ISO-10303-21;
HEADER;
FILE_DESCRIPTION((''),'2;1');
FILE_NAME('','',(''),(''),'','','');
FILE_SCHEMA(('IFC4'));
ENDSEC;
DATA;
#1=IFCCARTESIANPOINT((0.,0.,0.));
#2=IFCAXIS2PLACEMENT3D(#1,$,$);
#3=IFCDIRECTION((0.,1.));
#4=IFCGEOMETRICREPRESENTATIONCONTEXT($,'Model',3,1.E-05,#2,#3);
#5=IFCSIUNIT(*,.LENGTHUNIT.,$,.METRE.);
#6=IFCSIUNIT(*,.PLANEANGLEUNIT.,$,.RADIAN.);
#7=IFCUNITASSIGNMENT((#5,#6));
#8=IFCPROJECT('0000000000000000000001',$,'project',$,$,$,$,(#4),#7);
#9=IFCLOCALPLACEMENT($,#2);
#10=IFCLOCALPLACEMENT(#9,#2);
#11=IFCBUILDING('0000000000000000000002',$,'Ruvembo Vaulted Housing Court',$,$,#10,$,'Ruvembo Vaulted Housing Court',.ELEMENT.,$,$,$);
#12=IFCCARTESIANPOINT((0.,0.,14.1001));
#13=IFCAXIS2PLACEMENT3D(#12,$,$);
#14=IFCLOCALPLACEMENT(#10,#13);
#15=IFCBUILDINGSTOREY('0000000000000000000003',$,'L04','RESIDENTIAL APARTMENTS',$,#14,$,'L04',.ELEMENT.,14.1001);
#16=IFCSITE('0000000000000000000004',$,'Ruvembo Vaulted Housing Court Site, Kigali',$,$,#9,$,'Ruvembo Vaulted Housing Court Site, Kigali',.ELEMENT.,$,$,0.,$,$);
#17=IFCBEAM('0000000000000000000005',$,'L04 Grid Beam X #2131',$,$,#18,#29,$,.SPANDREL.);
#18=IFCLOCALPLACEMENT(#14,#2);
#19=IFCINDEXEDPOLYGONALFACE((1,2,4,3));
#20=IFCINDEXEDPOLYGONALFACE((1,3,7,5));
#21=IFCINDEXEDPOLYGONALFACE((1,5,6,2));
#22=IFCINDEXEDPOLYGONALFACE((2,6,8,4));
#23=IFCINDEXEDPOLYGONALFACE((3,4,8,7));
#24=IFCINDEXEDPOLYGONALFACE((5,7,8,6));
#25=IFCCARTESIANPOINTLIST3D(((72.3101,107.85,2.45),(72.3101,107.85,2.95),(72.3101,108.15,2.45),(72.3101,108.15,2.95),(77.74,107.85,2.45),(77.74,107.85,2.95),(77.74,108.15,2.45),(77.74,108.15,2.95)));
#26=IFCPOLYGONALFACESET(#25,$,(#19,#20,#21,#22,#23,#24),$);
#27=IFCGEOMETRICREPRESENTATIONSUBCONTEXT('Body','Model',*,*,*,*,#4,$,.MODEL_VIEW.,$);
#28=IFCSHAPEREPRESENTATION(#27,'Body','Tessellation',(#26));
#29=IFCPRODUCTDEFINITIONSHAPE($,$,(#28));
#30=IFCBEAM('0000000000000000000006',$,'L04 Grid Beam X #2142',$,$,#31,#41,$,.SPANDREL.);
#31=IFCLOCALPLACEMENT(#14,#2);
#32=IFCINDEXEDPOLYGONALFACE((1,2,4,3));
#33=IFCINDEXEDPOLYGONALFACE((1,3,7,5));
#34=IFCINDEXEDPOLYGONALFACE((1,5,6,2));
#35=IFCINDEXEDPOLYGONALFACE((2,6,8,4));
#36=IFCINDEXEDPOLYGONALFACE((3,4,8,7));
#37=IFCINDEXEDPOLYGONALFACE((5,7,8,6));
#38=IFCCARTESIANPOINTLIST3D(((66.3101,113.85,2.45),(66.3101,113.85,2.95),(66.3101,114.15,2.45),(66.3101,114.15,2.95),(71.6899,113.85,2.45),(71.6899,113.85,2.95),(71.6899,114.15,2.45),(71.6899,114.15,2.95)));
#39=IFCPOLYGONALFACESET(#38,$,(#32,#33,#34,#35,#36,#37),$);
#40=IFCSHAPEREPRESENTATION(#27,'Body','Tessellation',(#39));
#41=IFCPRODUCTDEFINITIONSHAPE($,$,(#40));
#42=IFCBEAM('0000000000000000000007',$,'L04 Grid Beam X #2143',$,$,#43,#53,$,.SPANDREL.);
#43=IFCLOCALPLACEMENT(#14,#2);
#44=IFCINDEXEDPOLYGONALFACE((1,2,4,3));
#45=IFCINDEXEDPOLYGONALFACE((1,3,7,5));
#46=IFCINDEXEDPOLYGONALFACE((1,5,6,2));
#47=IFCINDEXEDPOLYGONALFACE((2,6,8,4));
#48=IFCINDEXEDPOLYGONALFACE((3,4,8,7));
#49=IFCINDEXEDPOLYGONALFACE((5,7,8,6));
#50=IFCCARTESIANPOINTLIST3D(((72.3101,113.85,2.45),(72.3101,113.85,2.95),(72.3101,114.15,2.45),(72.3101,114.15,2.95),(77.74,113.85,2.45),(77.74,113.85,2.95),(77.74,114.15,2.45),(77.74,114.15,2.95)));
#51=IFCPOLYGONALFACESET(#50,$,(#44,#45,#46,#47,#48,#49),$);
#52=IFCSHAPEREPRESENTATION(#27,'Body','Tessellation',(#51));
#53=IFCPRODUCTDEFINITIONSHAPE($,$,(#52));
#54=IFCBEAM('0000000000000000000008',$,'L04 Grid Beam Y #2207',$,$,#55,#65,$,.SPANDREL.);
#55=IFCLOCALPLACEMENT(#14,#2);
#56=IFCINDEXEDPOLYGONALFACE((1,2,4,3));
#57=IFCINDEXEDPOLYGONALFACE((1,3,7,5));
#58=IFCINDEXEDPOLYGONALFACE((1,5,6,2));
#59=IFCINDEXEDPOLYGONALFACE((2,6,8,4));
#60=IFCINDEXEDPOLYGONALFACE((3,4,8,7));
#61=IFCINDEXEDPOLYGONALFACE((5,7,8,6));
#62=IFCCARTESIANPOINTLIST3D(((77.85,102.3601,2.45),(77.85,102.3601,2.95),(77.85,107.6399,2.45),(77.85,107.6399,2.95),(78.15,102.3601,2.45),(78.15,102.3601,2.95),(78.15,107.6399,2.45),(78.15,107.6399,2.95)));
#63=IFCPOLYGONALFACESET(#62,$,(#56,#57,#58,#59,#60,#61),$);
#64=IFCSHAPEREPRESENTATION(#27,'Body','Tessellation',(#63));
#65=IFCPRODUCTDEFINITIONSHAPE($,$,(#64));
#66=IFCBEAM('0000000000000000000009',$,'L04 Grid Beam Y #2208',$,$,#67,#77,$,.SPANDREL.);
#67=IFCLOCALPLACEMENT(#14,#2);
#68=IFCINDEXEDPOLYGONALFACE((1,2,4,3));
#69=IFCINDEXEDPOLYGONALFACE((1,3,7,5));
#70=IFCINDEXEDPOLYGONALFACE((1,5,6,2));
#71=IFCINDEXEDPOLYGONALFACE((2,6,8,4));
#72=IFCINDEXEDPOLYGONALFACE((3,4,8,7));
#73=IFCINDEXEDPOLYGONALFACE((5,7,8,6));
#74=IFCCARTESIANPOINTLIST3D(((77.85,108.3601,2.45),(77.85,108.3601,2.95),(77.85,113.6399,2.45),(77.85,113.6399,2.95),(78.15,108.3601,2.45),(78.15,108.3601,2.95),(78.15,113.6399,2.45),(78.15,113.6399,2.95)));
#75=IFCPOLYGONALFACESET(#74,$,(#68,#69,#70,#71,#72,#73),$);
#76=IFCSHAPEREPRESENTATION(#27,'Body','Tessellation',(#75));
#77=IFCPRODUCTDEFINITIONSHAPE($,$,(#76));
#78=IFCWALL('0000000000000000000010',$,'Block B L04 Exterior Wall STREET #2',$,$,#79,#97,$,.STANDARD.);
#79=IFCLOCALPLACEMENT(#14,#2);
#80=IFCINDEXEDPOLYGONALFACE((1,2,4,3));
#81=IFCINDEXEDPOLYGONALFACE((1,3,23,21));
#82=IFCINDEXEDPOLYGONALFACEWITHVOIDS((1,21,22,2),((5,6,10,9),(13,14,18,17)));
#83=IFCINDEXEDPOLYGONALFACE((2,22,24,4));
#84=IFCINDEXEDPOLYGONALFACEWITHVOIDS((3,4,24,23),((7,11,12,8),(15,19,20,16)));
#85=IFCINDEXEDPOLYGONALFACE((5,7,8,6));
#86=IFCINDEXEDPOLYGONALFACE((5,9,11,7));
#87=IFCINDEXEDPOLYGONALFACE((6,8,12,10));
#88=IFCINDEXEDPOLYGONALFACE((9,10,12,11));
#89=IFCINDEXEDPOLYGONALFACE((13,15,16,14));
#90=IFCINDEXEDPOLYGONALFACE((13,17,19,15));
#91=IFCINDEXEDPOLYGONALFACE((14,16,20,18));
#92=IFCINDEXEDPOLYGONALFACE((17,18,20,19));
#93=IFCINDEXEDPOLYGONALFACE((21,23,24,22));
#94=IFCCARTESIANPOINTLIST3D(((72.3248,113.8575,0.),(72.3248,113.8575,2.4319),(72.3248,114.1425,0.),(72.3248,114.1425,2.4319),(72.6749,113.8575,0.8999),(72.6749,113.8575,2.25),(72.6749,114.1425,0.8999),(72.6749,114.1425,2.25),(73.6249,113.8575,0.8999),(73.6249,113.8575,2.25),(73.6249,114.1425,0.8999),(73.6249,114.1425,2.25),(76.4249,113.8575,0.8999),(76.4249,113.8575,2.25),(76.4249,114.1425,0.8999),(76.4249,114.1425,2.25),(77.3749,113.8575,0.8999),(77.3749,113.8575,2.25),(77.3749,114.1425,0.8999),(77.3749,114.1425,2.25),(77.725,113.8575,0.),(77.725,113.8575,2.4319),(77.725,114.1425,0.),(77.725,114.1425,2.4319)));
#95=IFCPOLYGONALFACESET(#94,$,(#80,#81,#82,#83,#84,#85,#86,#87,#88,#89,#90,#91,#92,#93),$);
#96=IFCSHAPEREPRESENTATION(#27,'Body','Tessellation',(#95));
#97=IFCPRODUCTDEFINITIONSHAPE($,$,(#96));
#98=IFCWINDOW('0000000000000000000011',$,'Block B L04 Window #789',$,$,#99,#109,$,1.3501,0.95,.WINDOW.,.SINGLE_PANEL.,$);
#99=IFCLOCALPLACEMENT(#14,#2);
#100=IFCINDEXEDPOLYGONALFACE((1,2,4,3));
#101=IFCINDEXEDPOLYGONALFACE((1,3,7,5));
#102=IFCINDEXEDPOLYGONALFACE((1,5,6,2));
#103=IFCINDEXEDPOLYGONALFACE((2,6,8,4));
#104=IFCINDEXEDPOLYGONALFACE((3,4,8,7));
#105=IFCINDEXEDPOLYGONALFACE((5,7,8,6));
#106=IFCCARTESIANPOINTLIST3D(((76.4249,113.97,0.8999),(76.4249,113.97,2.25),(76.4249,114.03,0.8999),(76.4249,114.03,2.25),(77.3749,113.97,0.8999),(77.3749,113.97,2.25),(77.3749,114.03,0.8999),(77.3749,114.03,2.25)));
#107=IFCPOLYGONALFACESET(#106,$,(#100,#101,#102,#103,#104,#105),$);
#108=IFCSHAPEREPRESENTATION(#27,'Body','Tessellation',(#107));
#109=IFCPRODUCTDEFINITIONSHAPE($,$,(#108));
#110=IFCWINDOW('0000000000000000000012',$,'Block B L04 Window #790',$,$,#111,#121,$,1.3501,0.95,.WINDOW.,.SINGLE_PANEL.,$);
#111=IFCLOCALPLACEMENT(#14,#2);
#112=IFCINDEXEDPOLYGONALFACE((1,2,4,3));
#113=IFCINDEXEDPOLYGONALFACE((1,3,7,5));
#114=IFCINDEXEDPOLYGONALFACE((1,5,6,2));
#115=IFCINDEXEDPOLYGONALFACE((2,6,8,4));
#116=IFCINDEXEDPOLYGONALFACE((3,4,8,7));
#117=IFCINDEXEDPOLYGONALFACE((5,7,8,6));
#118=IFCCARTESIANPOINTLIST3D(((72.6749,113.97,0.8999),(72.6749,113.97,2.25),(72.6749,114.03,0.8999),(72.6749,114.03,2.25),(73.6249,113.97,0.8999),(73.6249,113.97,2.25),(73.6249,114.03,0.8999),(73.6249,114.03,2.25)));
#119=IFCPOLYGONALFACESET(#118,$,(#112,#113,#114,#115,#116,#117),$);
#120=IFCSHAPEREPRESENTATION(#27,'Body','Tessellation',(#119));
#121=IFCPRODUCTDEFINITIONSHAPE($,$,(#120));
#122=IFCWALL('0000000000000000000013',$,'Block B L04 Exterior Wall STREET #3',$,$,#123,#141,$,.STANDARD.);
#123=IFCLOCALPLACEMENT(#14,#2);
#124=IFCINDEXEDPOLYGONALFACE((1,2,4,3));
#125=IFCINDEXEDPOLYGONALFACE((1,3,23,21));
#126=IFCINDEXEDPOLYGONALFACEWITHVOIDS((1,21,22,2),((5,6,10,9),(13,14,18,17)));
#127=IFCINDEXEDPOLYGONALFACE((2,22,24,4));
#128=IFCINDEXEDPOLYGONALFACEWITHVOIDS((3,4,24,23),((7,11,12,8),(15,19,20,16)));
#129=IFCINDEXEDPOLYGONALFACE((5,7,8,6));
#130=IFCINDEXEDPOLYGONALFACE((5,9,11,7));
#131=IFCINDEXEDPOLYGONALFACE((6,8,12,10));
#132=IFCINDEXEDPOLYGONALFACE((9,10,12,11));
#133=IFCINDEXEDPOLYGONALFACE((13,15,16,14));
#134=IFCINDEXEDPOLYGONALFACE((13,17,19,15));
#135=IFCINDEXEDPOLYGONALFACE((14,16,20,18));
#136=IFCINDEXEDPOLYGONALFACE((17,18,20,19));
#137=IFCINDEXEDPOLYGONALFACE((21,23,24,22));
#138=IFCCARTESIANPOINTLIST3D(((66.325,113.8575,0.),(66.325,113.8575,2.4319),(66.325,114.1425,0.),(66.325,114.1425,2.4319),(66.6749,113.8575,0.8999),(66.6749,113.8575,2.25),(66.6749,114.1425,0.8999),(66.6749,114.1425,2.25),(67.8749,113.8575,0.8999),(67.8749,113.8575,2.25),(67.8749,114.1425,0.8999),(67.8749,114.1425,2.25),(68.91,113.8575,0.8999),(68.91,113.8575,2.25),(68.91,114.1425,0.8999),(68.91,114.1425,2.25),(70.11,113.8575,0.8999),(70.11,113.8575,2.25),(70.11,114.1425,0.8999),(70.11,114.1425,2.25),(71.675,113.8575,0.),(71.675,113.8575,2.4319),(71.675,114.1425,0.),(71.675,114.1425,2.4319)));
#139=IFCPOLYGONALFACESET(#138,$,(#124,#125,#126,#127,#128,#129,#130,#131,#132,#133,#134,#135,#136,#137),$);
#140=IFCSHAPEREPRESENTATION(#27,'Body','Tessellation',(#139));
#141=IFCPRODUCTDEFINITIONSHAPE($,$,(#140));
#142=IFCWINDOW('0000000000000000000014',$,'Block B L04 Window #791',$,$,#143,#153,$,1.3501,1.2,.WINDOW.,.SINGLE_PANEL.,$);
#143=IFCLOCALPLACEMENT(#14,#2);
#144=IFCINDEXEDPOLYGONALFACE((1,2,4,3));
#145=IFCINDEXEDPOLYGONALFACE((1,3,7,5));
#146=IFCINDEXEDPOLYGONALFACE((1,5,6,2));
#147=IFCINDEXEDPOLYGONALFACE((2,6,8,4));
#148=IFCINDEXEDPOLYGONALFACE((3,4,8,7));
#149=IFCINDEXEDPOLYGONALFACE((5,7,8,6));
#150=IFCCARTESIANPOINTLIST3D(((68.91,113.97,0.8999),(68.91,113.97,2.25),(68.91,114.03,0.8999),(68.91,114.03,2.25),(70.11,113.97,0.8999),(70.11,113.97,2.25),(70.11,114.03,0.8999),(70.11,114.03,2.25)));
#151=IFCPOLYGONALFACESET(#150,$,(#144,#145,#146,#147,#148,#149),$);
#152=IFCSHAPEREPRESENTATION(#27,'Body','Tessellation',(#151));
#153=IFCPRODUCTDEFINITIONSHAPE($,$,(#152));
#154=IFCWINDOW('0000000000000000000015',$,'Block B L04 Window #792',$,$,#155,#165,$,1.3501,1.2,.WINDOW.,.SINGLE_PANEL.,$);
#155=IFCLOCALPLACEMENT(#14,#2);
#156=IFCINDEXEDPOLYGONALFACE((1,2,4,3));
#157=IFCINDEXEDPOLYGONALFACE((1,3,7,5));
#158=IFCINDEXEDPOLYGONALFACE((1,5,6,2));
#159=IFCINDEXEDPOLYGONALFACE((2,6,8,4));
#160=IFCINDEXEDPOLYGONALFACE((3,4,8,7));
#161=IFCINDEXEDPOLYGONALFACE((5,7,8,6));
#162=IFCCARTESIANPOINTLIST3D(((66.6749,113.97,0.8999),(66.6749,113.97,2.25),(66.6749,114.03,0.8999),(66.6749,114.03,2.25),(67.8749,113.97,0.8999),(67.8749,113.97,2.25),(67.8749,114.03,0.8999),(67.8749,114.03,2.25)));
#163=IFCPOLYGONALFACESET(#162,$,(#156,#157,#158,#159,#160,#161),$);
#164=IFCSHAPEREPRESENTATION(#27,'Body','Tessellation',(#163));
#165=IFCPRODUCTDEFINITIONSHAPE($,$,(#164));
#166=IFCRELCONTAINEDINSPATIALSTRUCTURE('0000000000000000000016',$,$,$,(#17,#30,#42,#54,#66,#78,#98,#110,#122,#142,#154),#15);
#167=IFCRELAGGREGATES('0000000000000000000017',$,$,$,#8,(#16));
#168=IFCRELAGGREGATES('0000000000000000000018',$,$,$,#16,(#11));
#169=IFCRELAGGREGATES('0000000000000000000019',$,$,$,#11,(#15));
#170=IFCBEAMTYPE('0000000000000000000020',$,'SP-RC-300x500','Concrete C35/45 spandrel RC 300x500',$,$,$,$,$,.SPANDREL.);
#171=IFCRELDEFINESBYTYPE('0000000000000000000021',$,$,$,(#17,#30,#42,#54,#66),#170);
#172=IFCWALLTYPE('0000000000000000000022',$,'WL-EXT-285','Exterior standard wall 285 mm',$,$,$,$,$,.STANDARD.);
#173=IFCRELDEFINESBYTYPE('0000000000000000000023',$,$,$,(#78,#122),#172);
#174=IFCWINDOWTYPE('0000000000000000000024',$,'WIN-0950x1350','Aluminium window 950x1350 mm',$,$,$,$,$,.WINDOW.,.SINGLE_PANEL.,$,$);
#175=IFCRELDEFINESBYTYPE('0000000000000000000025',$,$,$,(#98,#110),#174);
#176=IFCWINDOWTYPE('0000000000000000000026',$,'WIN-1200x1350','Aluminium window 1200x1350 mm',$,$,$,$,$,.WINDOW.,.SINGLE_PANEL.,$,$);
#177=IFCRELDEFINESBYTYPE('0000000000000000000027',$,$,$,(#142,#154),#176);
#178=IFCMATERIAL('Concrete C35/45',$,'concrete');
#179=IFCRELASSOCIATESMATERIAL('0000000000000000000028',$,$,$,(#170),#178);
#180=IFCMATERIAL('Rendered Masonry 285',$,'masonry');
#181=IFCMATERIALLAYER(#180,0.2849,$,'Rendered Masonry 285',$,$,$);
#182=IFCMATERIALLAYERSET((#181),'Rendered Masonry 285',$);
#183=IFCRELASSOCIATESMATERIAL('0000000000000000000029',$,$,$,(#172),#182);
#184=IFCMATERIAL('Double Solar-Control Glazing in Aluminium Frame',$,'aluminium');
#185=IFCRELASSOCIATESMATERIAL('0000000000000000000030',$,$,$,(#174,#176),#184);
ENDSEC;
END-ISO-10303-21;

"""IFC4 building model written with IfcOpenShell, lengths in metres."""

from ifc_helpers import new_model, si_unit, direction, frame, frame_2d, origin, origin_2d, place, context, subcontext, project, spatial, rectangle, extrude, material, layer, layer_set, material_profile, profile_set, type_object, element, fill, save


model = new_model("IFC4")

# Units and contexts
model_context = context("Model", 3, precision=1e-05, world=origin(), true_north=direction((0.0, 1.0)))
body_context = subcontext(model_context, "Body", "Model", "MODEL_VIEW")
ifc_project = project(units=[si_unit("LENGTHUNIT", "METRE"), si_unit("PLANEANGLEUNIT", "RADIAN")], contexts=[model_context])

# Site, building, storey
site_placement = place(None, origin())
site = spatial("IfcSite", under=ifc_project, at=site_placement, Name="Ruvembo Vaulted Housing Court Site, Kigali", LongName="Ruvembo Vaulted Housing Court Site, Kigali", CompositionType="ELEMENT", RefElevation=0.0)
building_placement = place(site_placement, origin())
building = spatial("IfcBuilding", under=site, at=building_placement, Name="Ruvembo Vaulted Housing Court", LongName="Ruvembo Vaulted Housing Court", CompositionType="ELEMENT")
storey_placement = place(building_placement, frame((0.0, 0.0, 14.1001)))
storey = spatial("IfcBuildingStorey", under=building, at=storey_placement, Name="L04", Description="RESIDENTIAL APARTMENTS", LongName="L04", CompositionType="ELEMENT", Elevation=14.1001)

# Beams
ifc_material_1 = material(Name="Concrete C35/45", Category="concrete")
ifc_material_profile_1 = material_profile(ifc_material_1, rectangle(XDim=0.3, YDim=0.5, at=origin_2d()), Name="RC 300x500")
ifc_profile_set_1 = profile_set([ifc_material_profile_1], Name="Concrete C35/45")
beam_type_1 = type_object("IfcBeamType", Name="SP-RC-300x500", Description="Concrete C35/45 spandrel RC 300x500", PredefinedType="SPANDREL", material=ifc_profile_set_1)
beam_1_placement = place(storey_placement, frame((72.3101, 108.0, 2.7), z_axis=(1.0, 0.0, 0.0), x_axis=(0.0, 1.0, 0.0)))
element("IfcBeam", 1, at=beam_1_placement, inside=storey, type_object=beam_type_1, Name="L04 Grid Beam X #2131", PredefinedType="SPANDREL", context=body_context, shape_type="SweptSolid", body=[
    extrude(rectangle(XDim=0.3, YDim=0.5, at=origin_2d()), origin(), (0.0, 0.0, 1.0), 5.4299),
])
beam_2_placement = place(storey_placement, frame((66.3101, 114.0, 2.7), z_axis=(1.0, 0.0, 0.0), x_axis=(0.0, 1.0, 0.0)))
element("IfcBeam", 2, at=beam_2_placement, inside=storey, type_object=beam_type_1, Name="L04 Grid Beam X #2142", PredefinedType="SPANDREL", context=body_context, shape_type="SweptSolid", body=[
    extrude(rectangle(XDim=0.3, YDim=0.5, at=origin_2d()), origin(), (0.0, 0.0, 1.0), 5.3799),
])
beam_3_placement = place(storey_placement, frame((72.3101, 114.0, 2.7), z_axis=(1.0, 0.0, 0.0), x_axis=(0.0, 1.0, 0.0)))
element("IfcBeam", 3, at=beam_3_placement, inside=storey, type_object=beam_type_1, Name="L04 Grid Beam X #2143", PredefinedType="SPANDREL", context=body_context, shape_type="SweptSolid", body=[
    extrude(rectangle(XDim=0.3, YDim=0.5, at=origin_2d()), origin(), (0.0, 0.0, 1.0), 5.4299),
])
for number, where, z_axis, x_axis, name in (
    (4, (78.0, 102.3601, 2.7), (0.0, 1.0, 0.0), (-1.0, 0.0, 0.0), "L04 Grid Beam Y #2207"),
    (5, (78.0, 108.3601, 2.7), (0.0, 1.0, 0.0), (-1.0, 0.0, 0.0), "L04 Grid Beam Y #2208"),
):
    element("IfcBeam", number, at=place(storey_placement, frame(where, z_axis=z_axis, x_axis=x_axis)), inside=storey, type_object=beam_type_1, Name=name, PredefinedType="SPANDREL", context=body_context, shape_type="SweptSolid", body=[
        extrude(rectangle(XDim=0.3, YDim=0.5, at=origin_2d()), origin(), (0.0, 0.0, 1.0), 5.2798),
    ])

# Walls, openings, windows
ifc_material_2 = material(Name="Rendered Masonry 285", Category="masonry")
ifc_layer_1 = layer(ifc_material_2, 0.2849, Name="Rendered Masonry 285")
ifc_layer_set_1 = layer_set([ifc_layer_1], Name="Rendered Masonry 285")
wall_type_1 = type_object("IfcWallType", Name="WL-EXT-285", Description="Exterior standard wall 285 mm", PredefinedType="STANDARD", material=ifc_layer_set_1)
wall_1_placement = place(storey_placement, frame((77.7251, 114.0, 0.0), z_axis=(0.0, 0.0, 1.0), x_axis=(-1.0, 0.0, 0.0)))
wall_1 = element("IfcWall", 6, at=wall_1_placement, inside=storey, type_object=wall_type_1, Name="Block B L04 Exterior Wall STREET #2", PredefinedType="STANDARD", context=body_context, shape_type="SweptSolid", body=[
    extrude(rectangle(XDim=5.4001, YDim=0.2849, at=frame_2d((2.7002, 0.0))), origin(), (0.0, 0.0, 1.0), 2.4319),
])
opening_1_placement = place(wall_1_placement, frame((0.3501, 0.0, 0.8999)))
opening_1 = element("IfcOpeningElement", 7, at=opening_1_placement, cuts=wall_1, PredefinedType="OPENING", context=body_context, shape_type="SweptSolid", body=[
    extrude(rectangle(XDim=0.95, YDim=1.3501, at=frame_2d((0.4751, 0.675))), frame((0.0, 0.1523, 0.0), z_axis=(0.0, -1.0, 0.0), x_axis=(1.0, 0.0, 0.0)), (0.0, 0.0, 1.0), 0.3049),
])
opening_2_placement = place(wall_1_placement, frame((4.1001, 0.0, 0.8999)))
opening_2 = element("IfcOpeningElement", 8, at=opening_2_placement, cuts=wall_1, PredefinedType="OPENING", context=body_context, shape_type="SweptSolid", body=[
    extrude(rectangle(XDim=0.95, YDim=1.3501, at=frame_2d((0.4751, 0.675))), frame((0.0, 0.1523, 0.0), z_axis=(0.0, -1.0, 0.0), x_axis=(1.0, 0.0, 0.0)), (0.0, 0.0, 1.0), 0.3049),
])
ifc_material_3 = material(Name="Double Solar-Control Glazing in Aluminium Frame", Category="aluminium")
window_type_1 = type_object("IfcWindowType", Name="WIN-0950x1350", Description="Aluminium window 950x1350 mm", PartitioningType="SINGLE_PANEL", PredefinedType="WINDOW", material=ifc_material_3)
window_1_placement = place(opening_1_placement, origin())
window_1 = element("IfcWindow", 9, at=window_1_placement, inside=storey, type_object=window_type_1, Name="Block B L04 Window #789", OverallHeight=1.3501, OverallWidth=0.95, PartitioningType="SINGLE_PANEL", PredefinedType="WINDOW", context=body_context, shape_type="SweptSolid", body=[
    extrude(rectangle(XDim=0.95, YDim=1.3501, at=frame_2d((0.4751, 0.675))), frame((0.0, 0.03, 0.0), z_axis=(0.0, -1.0, 0.0), x_axis=(1.0, 0.0, 0.0)), (0.0, 0.0, 1.0), 0.0601),
])
fill(opening_1, window_1)
window_2_placement = place(opening_2_placement, origin())
window_2 = element("IfcWindow", 10, at=window_2_placement, inside=storey, type_object=window_type_1, Name="Block B L04 Window #790", OverallHeight=1.3501, OverallWidth=0.95, PartitioningType="SINGLE_PANEL", PredefinedType="WINDOW", context=body_context, shape_type="SweptSolid", body=[
    extrude(rectangle(XDim=0.95, YDim=1.3501, at=frame_2d((0.4751, 0.675))), frame((0.0, 0.03, 0.0), z_axis=(0.0, -1.0, 0.0), x_axis=(1.0, 0.0, 0.0)), (0.0, 0.0, 1.0), 0.0601),
])
fill(opening_2, window_2)
wall_2_placement = place(storey_placement, frame((71.675, 114.0, 0.0), z_axis=(0.0, 0.0, 1.0), x_axis=(-1.0, 0.0, 0.0)))
wall_2 = element("IfcWall", 11, at=wall_2_placement, inside=storey, type_object=wall_type_1, Name="Block B L04 Exterior Wall STREET #3", PredefinedType="STANDARD", context=body_context, shape_type="SweptSolid", body=[
    extrude(rectangle(XDim=5.3501, YDim=0.2849, at=frame_2d((2.675, 0.0))), origin(), (0.0, 0.0, 1.0), 2.4319),
])
opening_3_placement = place(wall_2_placement, frame((1.5649, 0.0, 0.8999)))
opening_3 = element("IfcOpeningElement", 12, at=opening_3_placement, cuts=wall_2, PredefinedType="OPENING", context=body_context, shape_type="SweptSolid", body=[
    extrude(rectangle(XDim=1.2, YDim=1.3501, at=frame_2d((0.6001, 0.675))), frame((0.0, 0.1523, 0.0), z_axis=(0.0, -1.0, 0.0), x_axis=(1.0, 0.0, 0.0)), (0.0, 0.0, 1.0), 0.3049),
])
opening_4_placement = place(wall_2_placement, frame((3.8, 0.0, 0.8999)))
opening_4 = element("IfcOpeningElement", 13, at=opening_4_placement, cuts=wall_2, PredefinedType="OPENING", context=body_context, shape_type="SweptSolid", body=[
    extrude(rectangle(XDim=1.2, YDim=1.3501, at=frame_2d((0.6001, 0.675))), frame((0.0, 0.1523, 0.0), z_axis=(0.0, -1.0, 0.0), x_axis=(1.0, 0.0, 0.0)), (0.0, 0.0, 1.0), 0.3049),
])
window_type_2 = type_object("IfcWindowType", Name="WIN-1200x1350", Description="Aluminium window 1200x1350 mm", PartitioningType="SINGLE_PANEL", PredefinedType="WINDOW", material=ifc_material_3)
window_3_placement = place(opening_3_placement, origin())
window_3 = element("IfcWindow", 14, at=window_3_placement, inside=storey, type_object=window_type_2, Name="Block B L04 Window #791", OverallHeight=1.3501, OverallWidth=1.2, PartitioningType="SINGLE_PANEL", PredefinedType="WINDOW", context=body_context, shape_type="SweptSolid", body=[
    extrude(rectangle(XDim=1.2, YDim=1.3501, at=frame_2d((0.6001, 0.675))), frame((0.0, 0.03, 0.0), z_axis=(0.0, -1.0, 0.0), x_axis=(1.0, 0.0, 0.0)), (0.0, 0.0, 1.0), 0.0601),
])
fill(opening_3, window_3)
window_4_placement = place(opening_4_placement, origin())
window_4 = element("IfcWindow", 15, at=window_4_placement, inside=storey, type_object=window_type_2, Name="Block B L04 Window #792", OverallHeight=1.3501, OverallWidth=1.2, PartitioningType="SINGLE_PANEL", PredefinedType="WINDOW", context=body_context, shape_type="SweptSolid", body=[
    extrude(rectangle(XDim=1.2, YDim=1.3501, at=frame_2d((0.6001, 0.675))), frame((0.0, 0.03, 0.0), z_axis=(0.0, -1.0, 0.0), x_axis=(1.0, 0.0, 0.0)), (0.0, 0.0, 1.0), 0.0601),
])
fill(opening_4, window_4)

save(model, "model.ifc")
